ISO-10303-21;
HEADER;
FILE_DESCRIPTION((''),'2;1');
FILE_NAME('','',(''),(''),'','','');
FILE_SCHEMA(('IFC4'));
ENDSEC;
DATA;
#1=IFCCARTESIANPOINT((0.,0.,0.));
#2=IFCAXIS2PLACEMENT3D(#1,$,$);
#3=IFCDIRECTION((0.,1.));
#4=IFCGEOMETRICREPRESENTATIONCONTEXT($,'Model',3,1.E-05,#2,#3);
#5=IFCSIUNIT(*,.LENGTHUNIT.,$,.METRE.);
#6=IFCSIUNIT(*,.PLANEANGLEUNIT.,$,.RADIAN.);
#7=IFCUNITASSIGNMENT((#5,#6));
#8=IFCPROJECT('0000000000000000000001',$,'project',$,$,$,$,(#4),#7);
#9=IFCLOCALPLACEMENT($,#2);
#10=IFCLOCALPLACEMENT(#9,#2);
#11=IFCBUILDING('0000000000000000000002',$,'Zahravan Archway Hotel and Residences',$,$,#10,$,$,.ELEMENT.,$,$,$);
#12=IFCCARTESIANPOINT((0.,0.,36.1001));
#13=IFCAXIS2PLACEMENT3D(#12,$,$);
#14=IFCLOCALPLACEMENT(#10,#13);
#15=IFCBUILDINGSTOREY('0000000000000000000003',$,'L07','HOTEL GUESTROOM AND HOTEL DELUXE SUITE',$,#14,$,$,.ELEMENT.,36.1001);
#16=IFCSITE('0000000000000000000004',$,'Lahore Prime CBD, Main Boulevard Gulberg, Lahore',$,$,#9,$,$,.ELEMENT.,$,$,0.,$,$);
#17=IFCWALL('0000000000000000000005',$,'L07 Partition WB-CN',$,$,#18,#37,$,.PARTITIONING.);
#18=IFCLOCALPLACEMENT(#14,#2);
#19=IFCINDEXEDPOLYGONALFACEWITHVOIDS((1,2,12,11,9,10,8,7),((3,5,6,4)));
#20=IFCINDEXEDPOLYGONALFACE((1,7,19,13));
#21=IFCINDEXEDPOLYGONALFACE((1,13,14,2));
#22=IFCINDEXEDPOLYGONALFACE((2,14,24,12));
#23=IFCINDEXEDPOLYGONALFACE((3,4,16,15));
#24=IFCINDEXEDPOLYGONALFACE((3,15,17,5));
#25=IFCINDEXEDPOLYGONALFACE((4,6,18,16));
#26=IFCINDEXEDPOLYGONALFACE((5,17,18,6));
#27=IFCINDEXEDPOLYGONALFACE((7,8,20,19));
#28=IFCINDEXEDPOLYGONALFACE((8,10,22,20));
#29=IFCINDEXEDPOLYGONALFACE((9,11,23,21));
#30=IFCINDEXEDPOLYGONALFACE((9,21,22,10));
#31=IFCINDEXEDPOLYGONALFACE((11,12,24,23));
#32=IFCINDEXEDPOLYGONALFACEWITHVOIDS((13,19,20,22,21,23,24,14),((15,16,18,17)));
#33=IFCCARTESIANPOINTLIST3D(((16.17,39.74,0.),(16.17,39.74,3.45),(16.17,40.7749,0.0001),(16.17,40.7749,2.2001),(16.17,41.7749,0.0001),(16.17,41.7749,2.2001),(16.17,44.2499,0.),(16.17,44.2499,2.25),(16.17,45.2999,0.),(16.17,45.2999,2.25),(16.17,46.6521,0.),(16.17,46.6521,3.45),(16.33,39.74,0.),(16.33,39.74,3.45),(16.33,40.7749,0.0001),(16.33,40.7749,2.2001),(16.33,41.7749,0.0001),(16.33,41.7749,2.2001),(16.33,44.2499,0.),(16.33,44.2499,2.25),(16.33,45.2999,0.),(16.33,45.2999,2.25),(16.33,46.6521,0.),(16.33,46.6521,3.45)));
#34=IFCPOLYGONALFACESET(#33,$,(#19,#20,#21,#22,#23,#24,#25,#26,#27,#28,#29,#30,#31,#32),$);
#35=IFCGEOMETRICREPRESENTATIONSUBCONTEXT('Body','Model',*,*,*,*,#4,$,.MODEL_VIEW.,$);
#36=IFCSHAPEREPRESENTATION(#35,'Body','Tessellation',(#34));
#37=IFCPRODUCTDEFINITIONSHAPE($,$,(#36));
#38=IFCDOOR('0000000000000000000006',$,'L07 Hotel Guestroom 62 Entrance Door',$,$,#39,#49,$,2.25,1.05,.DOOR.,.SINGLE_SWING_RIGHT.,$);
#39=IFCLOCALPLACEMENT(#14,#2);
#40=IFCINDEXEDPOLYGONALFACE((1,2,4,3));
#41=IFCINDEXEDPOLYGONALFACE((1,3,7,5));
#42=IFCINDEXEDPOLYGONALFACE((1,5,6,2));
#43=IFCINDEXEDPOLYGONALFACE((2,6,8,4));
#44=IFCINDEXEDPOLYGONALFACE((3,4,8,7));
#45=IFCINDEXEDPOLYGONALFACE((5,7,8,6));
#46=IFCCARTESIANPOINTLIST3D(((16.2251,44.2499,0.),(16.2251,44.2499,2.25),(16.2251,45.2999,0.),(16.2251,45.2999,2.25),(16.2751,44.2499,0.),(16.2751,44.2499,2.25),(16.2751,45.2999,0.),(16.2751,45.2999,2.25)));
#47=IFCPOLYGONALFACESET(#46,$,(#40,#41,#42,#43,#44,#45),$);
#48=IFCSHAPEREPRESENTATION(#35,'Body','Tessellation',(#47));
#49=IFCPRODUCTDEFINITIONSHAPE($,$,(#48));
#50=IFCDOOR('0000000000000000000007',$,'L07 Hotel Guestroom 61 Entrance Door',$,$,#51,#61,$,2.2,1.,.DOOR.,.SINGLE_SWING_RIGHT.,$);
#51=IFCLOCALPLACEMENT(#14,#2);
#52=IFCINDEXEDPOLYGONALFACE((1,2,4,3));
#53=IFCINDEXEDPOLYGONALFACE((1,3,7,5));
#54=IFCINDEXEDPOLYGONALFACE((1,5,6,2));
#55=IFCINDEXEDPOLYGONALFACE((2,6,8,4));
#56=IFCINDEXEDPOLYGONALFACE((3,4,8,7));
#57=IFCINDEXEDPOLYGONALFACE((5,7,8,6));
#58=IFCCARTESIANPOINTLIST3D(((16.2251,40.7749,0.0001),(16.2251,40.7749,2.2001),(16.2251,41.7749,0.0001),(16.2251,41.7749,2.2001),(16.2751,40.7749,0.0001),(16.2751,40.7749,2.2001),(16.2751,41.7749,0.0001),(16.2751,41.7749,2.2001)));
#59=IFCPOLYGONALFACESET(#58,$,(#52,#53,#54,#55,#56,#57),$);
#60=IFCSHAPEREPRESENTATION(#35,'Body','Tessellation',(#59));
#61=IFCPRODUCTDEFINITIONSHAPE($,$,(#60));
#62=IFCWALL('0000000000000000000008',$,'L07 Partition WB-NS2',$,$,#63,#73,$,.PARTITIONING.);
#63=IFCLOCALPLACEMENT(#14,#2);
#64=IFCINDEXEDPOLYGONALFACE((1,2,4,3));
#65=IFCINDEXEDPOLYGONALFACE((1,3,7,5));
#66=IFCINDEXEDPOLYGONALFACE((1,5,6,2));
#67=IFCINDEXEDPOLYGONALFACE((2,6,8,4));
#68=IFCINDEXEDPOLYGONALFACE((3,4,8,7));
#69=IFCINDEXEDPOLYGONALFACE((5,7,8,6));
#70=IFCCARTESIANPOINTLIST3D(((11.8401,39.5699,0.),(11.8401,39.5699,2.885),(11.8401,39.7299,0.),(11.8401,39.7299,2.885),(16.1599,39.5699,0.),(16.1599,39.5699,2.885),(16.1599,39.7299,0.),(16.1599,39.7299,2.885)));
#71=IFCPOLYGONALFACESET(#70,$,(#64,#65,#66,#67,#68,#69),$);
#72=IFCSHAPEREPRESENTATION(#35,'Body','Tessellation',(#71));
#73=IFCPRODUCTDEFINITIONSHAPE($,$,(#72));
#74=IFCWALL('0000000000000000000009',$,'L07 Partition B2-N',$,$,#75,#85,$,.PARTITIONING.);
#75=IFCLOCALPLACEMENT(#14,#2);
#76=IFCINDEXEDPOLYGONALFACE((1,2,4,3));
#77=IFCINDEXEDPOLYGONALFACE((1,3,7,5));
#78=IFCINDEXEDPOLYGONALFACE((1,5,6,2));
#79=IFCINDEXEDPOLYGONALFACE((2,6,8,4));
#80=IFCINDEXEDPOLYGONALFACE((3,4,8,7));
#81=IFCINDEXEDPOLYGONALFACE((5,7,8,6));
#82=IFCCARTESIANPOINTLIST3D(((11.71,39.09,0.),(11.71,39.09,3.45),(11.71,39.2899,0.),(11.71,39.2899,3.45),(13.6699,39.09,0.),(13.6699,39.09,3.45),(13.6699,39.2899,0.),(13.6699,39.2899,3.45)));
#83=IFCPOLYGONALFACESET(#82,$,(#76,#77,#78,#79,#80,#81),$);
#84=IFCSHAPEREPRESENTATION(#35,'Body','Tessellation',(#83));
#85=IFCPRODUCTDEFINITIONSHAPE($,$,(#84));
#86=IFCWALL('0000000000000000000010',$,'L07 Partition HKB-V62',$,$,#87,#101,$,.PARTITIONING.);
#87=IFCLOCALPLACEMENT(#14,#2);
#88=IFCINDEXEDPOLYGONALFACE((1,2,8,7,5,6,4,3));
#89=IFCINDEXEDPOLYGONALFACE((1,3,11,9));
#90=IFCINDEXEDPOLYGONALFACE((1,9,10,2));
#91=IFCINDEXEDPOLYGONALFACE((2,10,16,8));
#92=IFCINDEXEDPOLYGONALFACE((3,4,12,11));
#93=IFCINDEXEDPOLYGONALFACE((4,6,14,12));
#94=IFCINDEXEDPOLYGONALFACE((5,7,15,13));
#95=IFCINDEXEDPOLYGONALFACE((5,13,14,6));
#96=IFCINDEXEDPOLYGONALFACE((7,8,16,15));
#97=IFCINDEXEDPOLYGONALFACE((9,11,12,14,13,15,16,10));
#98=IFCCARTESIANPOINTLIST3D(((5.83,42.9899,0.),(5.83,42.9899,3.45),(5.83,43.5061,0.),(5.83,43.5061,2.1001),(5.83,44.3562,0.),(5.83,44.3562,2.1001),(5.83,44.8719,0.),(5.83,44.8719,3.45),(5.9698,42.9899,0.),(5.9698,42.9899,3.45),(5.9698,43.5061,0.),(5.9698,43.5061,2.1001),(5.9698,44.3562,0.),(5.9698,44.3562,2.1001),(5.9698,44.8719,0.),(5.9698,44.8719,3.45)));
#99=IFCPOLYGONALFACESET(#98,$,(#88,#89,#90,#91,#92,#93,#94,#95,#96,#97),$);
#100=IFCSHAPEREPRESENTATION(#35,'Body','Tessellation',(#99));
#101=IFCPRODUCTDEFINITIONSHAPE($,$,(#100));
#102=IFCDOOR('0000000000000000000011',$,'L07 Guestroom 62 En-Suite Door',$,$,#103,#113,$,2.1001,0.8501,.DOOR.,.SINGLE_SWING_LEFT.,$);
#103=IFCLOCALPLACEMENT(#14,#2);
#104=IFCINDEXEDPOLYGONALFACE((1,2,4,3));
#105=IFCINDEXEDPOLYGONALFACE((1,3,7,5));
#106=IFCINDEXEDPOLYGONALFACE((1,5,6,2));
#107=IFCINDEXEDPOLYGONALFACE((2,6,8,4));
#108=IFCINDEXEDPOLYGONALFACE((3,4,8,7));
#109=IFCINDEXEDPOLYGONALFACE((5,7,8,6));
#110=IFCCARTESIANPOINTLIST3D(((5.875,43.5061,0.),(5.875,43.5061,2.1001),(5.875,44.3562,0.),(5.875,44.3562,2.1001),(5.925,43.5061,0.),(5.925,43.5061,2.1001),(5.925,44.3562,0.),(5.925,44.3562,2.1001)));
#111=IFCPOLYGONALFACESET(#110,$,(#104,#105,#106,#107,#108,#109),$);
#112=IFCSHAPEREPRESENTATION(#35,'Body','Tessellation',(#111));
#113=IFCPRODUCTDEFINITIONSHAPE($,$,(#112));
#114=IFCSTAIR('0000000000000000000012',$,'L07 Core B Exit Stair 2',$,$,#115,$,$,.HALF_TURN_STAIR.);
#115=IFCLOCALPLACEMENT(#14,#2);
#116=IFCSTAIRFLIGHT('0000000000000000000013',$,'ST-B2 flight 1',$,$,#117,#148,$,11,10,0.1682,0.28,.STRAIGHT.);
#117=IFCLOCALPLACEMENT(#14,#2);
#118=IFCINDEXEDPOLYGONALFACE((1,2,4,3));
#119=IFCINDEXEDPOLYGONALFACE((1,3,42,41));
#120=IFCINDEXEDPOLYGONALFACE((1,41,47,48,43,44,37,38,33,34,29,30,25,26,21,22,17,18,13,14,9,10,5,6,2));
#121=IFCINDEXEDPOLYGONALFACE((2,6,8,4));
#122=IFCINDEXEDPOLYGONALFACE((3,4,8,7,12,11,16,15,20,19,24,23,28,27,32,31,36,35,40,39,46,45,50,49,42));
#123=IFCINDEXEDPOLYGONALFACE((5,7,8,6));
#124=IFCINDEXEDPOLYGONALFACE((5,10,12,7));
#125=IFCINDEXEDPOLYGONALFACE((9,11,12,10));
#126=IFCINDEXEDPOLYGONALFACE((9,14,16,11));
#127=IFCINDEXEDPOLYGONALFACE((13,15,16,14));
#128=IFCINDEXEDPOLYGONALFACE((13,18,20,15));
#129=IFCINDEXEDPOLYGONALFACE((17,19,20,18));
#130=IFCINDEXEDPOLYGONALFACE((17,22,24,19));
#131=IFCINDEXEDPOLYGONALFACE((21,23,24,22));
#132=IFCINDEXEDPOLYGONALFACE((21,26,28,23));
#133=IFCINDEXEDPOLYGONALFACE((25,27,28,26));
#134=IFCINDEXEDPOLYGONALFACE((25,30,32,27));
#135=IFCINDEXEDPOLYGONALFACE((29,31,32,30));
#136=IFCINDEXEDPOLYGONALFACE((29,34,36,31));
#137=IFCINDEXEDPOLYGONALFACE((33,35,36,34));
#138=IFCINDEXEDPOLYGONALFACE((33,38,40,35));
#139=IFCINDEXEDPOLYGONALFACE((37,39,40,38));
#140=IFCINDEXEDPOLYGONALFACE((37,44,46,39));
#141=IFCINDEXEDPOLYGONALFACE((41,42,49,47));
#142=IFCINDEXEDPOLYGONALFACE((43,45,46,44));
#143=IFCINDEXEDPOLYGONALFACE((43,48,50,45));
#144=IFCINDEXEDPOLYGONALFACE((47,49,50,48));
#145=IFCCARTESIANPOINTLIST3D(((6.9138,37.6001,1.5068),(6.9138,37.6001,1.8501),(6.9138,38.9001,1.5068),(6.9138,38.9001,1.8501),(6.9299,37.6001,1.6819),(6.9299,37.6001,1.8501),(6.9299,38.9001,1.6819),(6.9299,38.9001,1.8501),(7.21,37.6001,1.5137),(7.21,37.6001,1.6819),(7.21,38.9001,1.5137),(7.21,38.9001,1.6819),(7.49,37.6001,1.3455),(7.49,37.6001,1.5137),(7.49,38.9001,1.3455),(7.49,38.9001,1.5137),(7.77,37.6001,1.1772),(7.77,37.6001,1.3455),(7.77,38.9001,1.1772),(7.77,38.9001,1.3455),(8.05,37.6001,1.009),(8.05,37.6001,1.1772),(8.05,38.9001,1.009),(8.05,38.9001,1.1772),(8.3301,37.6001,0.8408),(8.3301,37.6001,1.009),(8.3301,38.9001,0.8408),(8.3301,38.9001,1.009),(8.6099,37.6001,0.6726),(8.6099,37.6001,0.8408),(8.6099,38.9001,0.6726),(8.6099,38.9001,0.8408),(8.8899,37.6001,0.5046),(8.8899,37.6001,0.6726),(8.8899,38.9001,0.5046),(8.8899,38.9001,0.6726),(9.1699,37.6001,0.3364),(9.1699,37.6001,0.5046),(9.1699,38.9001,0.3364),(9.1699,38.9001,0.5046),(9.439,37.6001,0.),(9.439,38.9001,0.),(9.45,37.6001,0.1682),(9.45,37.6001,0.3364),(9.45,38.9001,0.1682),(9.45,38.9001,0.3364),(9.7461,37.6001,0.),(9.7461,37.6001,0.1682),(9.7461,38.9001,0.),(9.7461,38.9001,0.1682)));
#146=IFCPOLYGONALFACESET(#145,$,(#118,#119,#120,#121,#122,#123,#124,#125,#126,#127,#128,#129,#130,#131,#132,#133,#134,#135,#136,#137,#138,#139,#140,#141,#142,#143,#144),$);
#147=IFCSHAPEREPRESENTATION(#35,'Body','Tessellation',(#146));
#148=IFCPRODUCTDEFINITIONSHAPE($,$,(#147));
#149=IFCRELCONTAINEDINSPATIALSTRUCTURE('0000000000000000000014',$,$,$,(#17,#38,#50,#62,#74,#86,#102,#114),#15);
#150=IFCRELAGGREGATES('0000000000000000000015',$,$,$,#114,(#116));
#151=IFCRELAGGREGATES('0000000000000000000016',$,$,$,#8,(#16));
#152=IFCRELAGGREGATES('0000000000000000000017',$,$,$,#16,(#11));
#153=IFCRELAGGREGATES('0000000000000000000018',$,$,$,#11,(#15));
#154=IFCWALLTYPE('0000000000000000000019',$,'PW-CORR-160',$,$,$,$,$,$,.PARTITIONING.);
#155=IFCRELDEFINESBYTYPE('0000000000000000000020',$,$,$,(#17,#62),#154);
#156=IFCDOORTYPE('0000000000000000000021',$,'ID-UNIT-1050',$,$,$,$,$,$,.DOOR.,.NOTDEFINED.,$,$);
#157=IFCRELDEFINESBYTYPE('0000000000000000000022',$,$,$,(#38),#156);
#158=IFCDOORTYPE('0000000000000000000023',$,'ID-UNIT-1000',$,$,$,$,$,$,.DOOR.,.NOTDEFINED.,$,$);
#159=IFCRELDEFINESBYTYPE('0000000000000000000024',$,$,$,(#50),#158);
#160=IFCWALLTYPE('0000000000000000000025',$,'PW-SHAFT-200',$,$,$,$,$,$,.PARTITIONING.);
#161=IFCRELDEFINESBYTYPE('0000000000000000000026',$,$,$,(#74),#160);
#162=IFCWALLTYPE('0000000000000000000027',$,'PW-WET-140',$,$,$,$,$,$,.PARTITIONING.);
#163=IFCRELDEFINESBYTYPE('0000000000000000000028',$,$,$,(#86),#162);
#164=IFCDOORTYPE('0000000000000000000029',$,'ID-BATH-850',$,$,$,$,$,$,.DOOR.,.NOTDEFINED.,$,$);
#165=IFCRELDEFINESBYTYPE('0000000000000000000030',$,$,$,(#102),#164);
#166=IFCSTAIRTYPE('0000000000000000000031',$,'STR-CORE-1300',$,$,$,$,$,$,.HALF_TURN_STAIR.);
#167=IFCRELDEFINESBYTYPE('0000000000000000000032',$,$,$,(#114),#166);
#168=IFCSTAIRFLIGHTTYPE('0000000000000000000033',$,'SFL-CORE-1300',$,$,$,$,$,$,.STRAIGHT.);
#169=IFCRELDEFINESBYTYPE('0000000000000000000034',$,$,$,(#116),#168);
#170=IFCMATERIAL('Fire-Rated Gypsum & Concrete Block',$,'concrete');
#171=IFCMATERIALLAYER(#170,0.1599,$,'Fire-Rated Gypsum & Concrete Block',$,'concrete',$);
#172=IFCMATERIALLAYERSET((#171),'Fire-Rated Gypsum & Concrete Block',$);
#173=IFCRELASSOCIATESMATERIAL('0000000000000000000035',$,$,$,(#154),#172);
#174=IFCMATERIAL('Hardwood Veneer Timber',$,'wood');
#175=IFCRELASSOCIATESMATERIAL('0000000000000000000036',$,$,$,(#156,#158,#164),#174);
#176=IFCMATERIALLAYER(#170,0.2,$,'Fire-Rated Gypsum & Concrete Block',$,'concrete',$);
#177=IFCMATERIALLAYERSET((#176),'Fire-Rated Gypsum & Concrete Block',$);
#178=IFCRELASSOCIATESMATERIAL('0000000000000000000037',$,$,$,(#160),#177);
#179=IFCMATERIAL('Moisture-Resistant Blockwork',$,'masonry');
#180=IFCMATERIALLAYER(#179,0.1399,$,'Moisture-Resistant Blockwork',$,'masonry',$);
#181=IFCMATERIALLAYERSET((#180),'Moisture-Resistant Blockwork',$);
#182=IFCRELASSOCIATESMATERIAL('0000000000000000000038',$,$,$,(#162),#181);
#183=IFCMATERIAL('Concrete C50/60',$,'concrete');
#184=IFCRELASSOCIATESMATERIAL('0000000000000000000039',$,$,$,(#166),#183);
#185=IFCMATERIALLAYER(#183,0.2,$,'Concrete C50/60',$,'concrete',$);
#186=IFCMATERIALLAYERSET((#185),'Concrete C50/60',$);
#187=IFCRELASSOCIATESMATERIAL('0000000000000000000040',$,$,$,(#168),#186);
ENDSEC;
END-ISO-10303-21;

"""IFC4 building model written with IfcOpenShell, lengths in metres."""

from ifc_helpers import new_model, si_unit, direction, frame, frame_2d, origin, place, context, subcontext, project, spatial, polyline, rectangle, outline, extrude, source, transform, mapped, material, layer, layer_set, type_object, type_shapes, element, fill, aggregate, save


model = new_model("IFC4")

# Units and contexts
model_context = context("Model", 3, precision=1e-05, world=origin(), true_north=direction((0.0, 1.0)))
body_context = subcontext(model_context, "Body", "Model", "MODEL_VIEW")
ifc_project = project(units=[si_unit("LENGTHUNIT", "METRE"), si_unit("PLANEANGLEUNIT", "RADIAN")], contexts=[model_context])

# Site, building, storey
site_placement = place(None, origin())
site = spatial("IfcSite", under=ifc_project, at=site_placement, Name="Lahore Prime CBD, Main Boulevard Gulberg, Lahore", CompositionType="ELEMENT", RefElevation=0.0)
building_placement = place(site_placement, origin())
building = spatial("IfcBuilding", under=site, at=building_placement, Name="Zahravan Archway Hotel and Residences", CompositionType="ELEMENT")
storey_placement = place(building_placement, frame((0.0, 0.0, 36.1001)))
storey = spatial("IfcBuildingStorey", under=building, at=storey_placement, Name="L07", Description="HOTEL GUESTROOM AND HOTEL DELUXE SUITE", CompositionType="ELEMENT", Elevation=36.1001)

# Wall, openings, doors
ifc_material_1 = material(Name="Fire-Rated Gypsum & Concrete Block", Category="concrete")
ifc_layer_1 = layer(ifc_material_1, 0.1599, Name="Fire-Rated Gypsum & Concrete Block", Category="concrete")
ifc_layer_set_1 = layer_set([ifc_layer_1], Name="Fire-Rated Gypsum & Concrete Block")
wall_type_1 = type_object("IfcWallType", Name="PW-CORR-160", PredefinedType="PARTITIONING", material=ifc_layer_set_1)
wall_1_placement = place(storey_placement, frame((16.25, 39.74, 0.0), z_axis=(0.0, 0.0, 1.0), x_axis=(0.0, 1.0, 0.0)))
wall_1 = element("IfcWall", 1, at=wall_1_placement, inside=storey, type_object=wall_type_1, Name="L07 Partition WB-CN", PredefinedType="PARTITIONING", context=body_context, shape_type="SweptSolid", body=[
    extrude(rectangle(XDim=6.9121, YDim=0.1599, at=frame_2d((3.4561, 0.0))), origin(), (0.0, 0.0, 1.0), 3.45),
])
opening_1_placement = place(wall_1_placement, frame((1.0349, 0.0, 0.0)))
opening_1 = element("IfcOpeningElement", 2, at=opening_1_placement, cuts=wall_1, PredefinedType="OPENING", context=body_context, shape_type="SweptSolid", body=[
    extrude(rectangle(XDim=1.0, YDim=2.2, at=frame_2d((0.5, 1.1001))), frame((0.0, 0.0898, 0.0), z_axis=(0.0, -1.0, 0.0), x_axis=(1.0, 0.0, 0.0)), (0.0, 0.0, 1.0), 0.1799),
])
opening_2_placement = place(wall_1_placement, frame((4.51, 0.0, 0.0)))
opening_2 = element("IfcOpeningElement", 3, at=opening_2_placement, cuts=wall_1, PredefinedType="OPENING", context=body_context, shape_type="SweptSolid", body=[
    extrude(rectangle(XDim=1.05, YDim=2.25, at=frame_2d((0.5249, 1.125))), frame((0.0, 0.0898, 0.0), z_axis=(0.0, -1.0, 0.0), x_axis=(1.0, 0.0, 0.0)), (0.0, 0.0, 1.0), 0.1799),
])
ifc_material_2 = material(Name="Hardwood Veneer Timber", Category="wood")
door_type_1 = type_object("IfcDoorType", Name="ID-UNIT-1050", OperationType="NOTDEFINED", PredefinedType="DOOR", material=ifc_material_2)
shared_shape_1 = source(origin(), body_context, "Body", "SweptSolid", [
    extrude(rectangle(XDim=1.05, YDim=2.25, at=frame_2d((0.5249, 1.125))), frame((0.0, 0.0249, 0.0), z_axis=(0.0, -1.0, 0.0), x_axis=(1.0, 0.0, 0.0)), (0.0, 0.0, 1.0), 0.05),
])
type_shapes(door_type_1, [shared_shape_1])
door_1_placement = place(opening_2_placement, origin())
door_1 = element("IfcDoor", 4, at=door_1_placement, inside=storey, type_object=door_type_1, Name="L07 Hotel Guestroom 62 Entrance Door", OperationType="SINGLE_SWING_RIGHT", OverallHeight=2.25, OverallWidth=1.05, PredefinedType="DOOR", context=body_context, shape_type="MappedRepresentation", body=[
    mapped(shared_shape_1, transform((0.0, 0.0, 0.0), scale=1.0)),
])
fill(opening_2, door_1)
door_type_2 = type_object("IfcDoorType", Name="ID-UNIT-1000", OperationType="NOTDEFINED", PredefinedType="DOOR", material=ifc_material_2)
shared_shape_2 = source(origin(), body_context, "Body", "SweptSolid", [
    extrude(rectangle(XDim=1.0, YDim=2.2, at=frame_2d((0.5, 1.1001))), frame((0.0, 0.0249, 0.0), z_axis=(0.0, -1.0, 0.0), x_axis=(1.0, 0.0, 0.0)), (0.0, 0.0, 1.0), 0.05),
])
type_shapes(door_type_2, [shared_shape_2])
door_2_placement = place(opening_1_placement, origin())
door_2 = element("IfcDoor", 5, at=door_2_placement, inside=storey, type_object=door_type_2, Name="L07 Hotel Guestroom 61 Entrance Door", OperationType="SINGLE_SWING_RIGHT", OverallHeight=2.2, OverallWidth=1.0, PredefinedType="DOOR", context=body_context, shape_type="MappedRepresentation", body=[
    mapped(shared_shape_2, transform((0.0, 0.0, 0.0), scale=1.0)),
])
fill(opening_1, door_2)

# Walls
wall_2_placement = place(storey_placement, frame((11.8401, 39.6499, 0.0), z_axis=(0.0, 0.0, 1.0), x_axis=(1.0, 0.0, 0.0)))
element("IfcWall", 6, at=wall_2_placement, inside=storey, type_object=wall_type_1, Name="L07 Partition WB-NS2", PredefinedType="PARTITIONING", context=body_context, shape_type="SweptSolid", body=[
    extrude(rectangle(XDim=4.3198, YDim=0.1599, at=frame_2d((2.1599, 0.0))), origin(), (0.0, 0.0, 1.0), 2.885),
])
ifc_layer_2 = layer(ifc_material_1, 0.2, Name="Fire-Rated Gypsum & Concrete Block", Category="concrete")
ifc_layer_set_2 = layer_set([ifc_layer_2], Name="Fire-Rated Gypsum & Concrete Block")
wall_type_2 = type_object("IfcWallType", Name="PW-SHAFT-200", PredefinedType="PARTITIONING", material=ifc_layer_set_2)
wall_3_placement = place(storey_placement, frame((11.71, 39.1899, 0.0), z_axis=(0.0, 0.0, 1.0), x_axis=(1.0, 0.0, 0.0)))
element("IfcWall", 7, at=wall_3_placement, inside=storey, type_object=wall_type_2, Name="L07 Partition B2-N", PredefinedType="PARTITIONING", context=body_context, shape_type="SweptSolid", body=[
    extrude(rectangle(XDim=1.96, YDim=0.2, at=frame_2d((0.98, 0.0))), origin(), (0.0, 0.0, 1.0), 3.45),
])

# Wall, opening, door
ifc_material_3 = material(Name="Moisture-Resistant Blockwork", Category="masonry")
ifc_layer_3 = layer(ifc_material_3, 0.1399, Name="Moisture-Resistant Blockwork", Category="masonry")
ifc_layer_set_3 = layer_set([ifc_layer_3], Name="Moisture-Resistant Blockwork")
wall_type_3 = type_object("IfcWallType", Name="PW-WET-140", PredefinedType="PARTITIONING", material=ifc_layer_set_3)
wall_4_placement = place(storey_placement, frame((5.8999, 42.99, 0.0), z_axis=(0.0, 0.0, 1.0), x_axis=(0.0, 1.0, 0.0)))
wall_4 = element("IfcWall", 8, at=wall_4_placement, inside=storey, type_object=wall_type_3, Name="L07 Partition HKB-V62", PredefinedType="PARTITIONING", context=body_context, shape_type="SweptSolid", body=[
    extrude(rectangle(XDim=1.8821, YDim=0.1399, at=frame_2d((0.9409, 0.0))), origin(), (0.0, 0.0, 1.0), 3.45),
])
opening_3_placement = place(wall_4_placement, frame((0.5161, 0.0, 0.0)))
opening_3 = element("IfcOpeningElement", 9, at=opening_3_placement, cuts=wall_4, PredefinedType="OPENING", context=body_context, shape_type="SweptSolid", body=[
    extrude(rectangle(XDim=0.8501, YDim=2.1001, at=frame_2d((0.425, 1.05))), frame((0.0, 0.0801, 0.0), z_axis=(0.0, -1.0, 0.0), x_axis=(1.0, 0.0, 0.0)), (0.0, 0.0, 1.0), 0.1599),
])
door_type_3 = type_object("IfcDoorType", Name="ID-BATH-850", OperationType="NOTDEFINED", PredefinedType="DOOR", material=ifc_material_2)
shared_shape_3 = source(origin(), body_context, "Body", "SweptSolid", [
    extrude(rectangle(XDim=0.8501, YDim=2.1001, at=frame_2d((0.425, 1.05))), frame((0.0, 0.0249, 0.0), z_axis=(0.0, -1.0, 0.0), x_axis=(1.0, 0.0, 0.0)), (0.0, 0.0, 1.0), 0.05),
])
type_shapes(door_type_3, [shared_shape_3])
door_3_placement = place(opening_3_placement, origin())
door_3 = element("IfcDoor", 10, at=door_3_placement, inside=storey, type_object=door_type_3, Name="L07 Guestroom 62 En-Suite Door", OperationType="SINGLE_SWING_LEFT", OverallHeight=2.1001, OverallWidth=0.8501, PredefinedType="DOOR", context=body_context, shape_type="MappedRepresentation", body=[
    mapped(shared_shape_3, transform((0.0, 0.0, 0.0), scale=1.0)),
])
fill(opening_3, door_3)

# Stair, stair flight
ifc_material_4 = material(Name="Concrete C50/60", Category="concrete")
stair_type = type_object("IfcStairType", Name="STR-CORE-1300", PredefinedType="HALF_TURN_STAIR", material=ifc_material_4)
stair_placement = place(storey_placement, origin())
stair = element("IfcStair", 11, at=stair_placement, inside=storey, type_object=stair_type, Name="L07 Core B Exit Stair 2", PredefinedType="HALF_TURN_STAIR")
ifc_layer_4 = layer(ifc_material_4, 0.2, Name="Concrete C50/60", Category="concrete")
ifc_layer_set_4 = layer_set([ifc_layer_4], Name="Concrete C50/60")
stair_flight_type = type_object("IfcStairFlightType", Name="SFL-CORE-1300", PredefinedType="STRAIGHT", material=ifc_layer_set_4)
shared_shape_4 = source(origin(), body_context, "Body", "SweptSolid", [
    extrude(outline(polyline([(-0.0161, 0.0), (-0.0161, 0.1682), (0.28, 0.1682), (0.28, 0.3364), (0.5601, 0.3364), (0.5601, 0.5046), (0.8401, 0.5046), (0.8401, 0.6726), (1.1201, 0.6726), (1.1201, 0.8408), (1.3999, 0.8408), (1.3999, 1.009), (1.6799, 1.009), (1.6799, 1.1772), (1.96, 1.1772), (1.96, 1.3455), (2.24, 1.3455), (2.24, 1.5137), (2.52, 1.5137), (2.52, 1.6819), (2.8, 1.6819), (2.8, 1.8501), (2.8162, 1.8501), (2.8162, 1.5068), (0.291, 0.0), (-0.0161, 0.0)])), frame((0.0, 0.6499, 0.0), z_axis=(0.0, -1.0, 0.0), x_axis=(1.0, 0.0, 0.0)), (0.0, 0.0, 1.0), 1.3),
])
stair_flight_placement = place(storey_placement, frame((9.73, 38.25, 0.0), z_axis=(0.0, 0.0, 1.0), x_axis=(-1.0, 0.0, 0.0)))
stair_flight = element("IfcStairFlight", 12, at=stair_flight_placement, type_object=stair_flight_type, Name="ST-B2 flight 1", NumberOfRisers=11, NumberOfTreads=10, PredefinedType="STRAIGHT", RiserHeight=0.1682, TreadLength=0.28, context=body_context, shape_type="MappedRepresentation", body=[
    mapped(shared_shape_4, transform((0.0, 0.0, 0.0), scale=1.0)),
])
aggregate(stair, [stair_flight])

save(model, "model.ifc")
